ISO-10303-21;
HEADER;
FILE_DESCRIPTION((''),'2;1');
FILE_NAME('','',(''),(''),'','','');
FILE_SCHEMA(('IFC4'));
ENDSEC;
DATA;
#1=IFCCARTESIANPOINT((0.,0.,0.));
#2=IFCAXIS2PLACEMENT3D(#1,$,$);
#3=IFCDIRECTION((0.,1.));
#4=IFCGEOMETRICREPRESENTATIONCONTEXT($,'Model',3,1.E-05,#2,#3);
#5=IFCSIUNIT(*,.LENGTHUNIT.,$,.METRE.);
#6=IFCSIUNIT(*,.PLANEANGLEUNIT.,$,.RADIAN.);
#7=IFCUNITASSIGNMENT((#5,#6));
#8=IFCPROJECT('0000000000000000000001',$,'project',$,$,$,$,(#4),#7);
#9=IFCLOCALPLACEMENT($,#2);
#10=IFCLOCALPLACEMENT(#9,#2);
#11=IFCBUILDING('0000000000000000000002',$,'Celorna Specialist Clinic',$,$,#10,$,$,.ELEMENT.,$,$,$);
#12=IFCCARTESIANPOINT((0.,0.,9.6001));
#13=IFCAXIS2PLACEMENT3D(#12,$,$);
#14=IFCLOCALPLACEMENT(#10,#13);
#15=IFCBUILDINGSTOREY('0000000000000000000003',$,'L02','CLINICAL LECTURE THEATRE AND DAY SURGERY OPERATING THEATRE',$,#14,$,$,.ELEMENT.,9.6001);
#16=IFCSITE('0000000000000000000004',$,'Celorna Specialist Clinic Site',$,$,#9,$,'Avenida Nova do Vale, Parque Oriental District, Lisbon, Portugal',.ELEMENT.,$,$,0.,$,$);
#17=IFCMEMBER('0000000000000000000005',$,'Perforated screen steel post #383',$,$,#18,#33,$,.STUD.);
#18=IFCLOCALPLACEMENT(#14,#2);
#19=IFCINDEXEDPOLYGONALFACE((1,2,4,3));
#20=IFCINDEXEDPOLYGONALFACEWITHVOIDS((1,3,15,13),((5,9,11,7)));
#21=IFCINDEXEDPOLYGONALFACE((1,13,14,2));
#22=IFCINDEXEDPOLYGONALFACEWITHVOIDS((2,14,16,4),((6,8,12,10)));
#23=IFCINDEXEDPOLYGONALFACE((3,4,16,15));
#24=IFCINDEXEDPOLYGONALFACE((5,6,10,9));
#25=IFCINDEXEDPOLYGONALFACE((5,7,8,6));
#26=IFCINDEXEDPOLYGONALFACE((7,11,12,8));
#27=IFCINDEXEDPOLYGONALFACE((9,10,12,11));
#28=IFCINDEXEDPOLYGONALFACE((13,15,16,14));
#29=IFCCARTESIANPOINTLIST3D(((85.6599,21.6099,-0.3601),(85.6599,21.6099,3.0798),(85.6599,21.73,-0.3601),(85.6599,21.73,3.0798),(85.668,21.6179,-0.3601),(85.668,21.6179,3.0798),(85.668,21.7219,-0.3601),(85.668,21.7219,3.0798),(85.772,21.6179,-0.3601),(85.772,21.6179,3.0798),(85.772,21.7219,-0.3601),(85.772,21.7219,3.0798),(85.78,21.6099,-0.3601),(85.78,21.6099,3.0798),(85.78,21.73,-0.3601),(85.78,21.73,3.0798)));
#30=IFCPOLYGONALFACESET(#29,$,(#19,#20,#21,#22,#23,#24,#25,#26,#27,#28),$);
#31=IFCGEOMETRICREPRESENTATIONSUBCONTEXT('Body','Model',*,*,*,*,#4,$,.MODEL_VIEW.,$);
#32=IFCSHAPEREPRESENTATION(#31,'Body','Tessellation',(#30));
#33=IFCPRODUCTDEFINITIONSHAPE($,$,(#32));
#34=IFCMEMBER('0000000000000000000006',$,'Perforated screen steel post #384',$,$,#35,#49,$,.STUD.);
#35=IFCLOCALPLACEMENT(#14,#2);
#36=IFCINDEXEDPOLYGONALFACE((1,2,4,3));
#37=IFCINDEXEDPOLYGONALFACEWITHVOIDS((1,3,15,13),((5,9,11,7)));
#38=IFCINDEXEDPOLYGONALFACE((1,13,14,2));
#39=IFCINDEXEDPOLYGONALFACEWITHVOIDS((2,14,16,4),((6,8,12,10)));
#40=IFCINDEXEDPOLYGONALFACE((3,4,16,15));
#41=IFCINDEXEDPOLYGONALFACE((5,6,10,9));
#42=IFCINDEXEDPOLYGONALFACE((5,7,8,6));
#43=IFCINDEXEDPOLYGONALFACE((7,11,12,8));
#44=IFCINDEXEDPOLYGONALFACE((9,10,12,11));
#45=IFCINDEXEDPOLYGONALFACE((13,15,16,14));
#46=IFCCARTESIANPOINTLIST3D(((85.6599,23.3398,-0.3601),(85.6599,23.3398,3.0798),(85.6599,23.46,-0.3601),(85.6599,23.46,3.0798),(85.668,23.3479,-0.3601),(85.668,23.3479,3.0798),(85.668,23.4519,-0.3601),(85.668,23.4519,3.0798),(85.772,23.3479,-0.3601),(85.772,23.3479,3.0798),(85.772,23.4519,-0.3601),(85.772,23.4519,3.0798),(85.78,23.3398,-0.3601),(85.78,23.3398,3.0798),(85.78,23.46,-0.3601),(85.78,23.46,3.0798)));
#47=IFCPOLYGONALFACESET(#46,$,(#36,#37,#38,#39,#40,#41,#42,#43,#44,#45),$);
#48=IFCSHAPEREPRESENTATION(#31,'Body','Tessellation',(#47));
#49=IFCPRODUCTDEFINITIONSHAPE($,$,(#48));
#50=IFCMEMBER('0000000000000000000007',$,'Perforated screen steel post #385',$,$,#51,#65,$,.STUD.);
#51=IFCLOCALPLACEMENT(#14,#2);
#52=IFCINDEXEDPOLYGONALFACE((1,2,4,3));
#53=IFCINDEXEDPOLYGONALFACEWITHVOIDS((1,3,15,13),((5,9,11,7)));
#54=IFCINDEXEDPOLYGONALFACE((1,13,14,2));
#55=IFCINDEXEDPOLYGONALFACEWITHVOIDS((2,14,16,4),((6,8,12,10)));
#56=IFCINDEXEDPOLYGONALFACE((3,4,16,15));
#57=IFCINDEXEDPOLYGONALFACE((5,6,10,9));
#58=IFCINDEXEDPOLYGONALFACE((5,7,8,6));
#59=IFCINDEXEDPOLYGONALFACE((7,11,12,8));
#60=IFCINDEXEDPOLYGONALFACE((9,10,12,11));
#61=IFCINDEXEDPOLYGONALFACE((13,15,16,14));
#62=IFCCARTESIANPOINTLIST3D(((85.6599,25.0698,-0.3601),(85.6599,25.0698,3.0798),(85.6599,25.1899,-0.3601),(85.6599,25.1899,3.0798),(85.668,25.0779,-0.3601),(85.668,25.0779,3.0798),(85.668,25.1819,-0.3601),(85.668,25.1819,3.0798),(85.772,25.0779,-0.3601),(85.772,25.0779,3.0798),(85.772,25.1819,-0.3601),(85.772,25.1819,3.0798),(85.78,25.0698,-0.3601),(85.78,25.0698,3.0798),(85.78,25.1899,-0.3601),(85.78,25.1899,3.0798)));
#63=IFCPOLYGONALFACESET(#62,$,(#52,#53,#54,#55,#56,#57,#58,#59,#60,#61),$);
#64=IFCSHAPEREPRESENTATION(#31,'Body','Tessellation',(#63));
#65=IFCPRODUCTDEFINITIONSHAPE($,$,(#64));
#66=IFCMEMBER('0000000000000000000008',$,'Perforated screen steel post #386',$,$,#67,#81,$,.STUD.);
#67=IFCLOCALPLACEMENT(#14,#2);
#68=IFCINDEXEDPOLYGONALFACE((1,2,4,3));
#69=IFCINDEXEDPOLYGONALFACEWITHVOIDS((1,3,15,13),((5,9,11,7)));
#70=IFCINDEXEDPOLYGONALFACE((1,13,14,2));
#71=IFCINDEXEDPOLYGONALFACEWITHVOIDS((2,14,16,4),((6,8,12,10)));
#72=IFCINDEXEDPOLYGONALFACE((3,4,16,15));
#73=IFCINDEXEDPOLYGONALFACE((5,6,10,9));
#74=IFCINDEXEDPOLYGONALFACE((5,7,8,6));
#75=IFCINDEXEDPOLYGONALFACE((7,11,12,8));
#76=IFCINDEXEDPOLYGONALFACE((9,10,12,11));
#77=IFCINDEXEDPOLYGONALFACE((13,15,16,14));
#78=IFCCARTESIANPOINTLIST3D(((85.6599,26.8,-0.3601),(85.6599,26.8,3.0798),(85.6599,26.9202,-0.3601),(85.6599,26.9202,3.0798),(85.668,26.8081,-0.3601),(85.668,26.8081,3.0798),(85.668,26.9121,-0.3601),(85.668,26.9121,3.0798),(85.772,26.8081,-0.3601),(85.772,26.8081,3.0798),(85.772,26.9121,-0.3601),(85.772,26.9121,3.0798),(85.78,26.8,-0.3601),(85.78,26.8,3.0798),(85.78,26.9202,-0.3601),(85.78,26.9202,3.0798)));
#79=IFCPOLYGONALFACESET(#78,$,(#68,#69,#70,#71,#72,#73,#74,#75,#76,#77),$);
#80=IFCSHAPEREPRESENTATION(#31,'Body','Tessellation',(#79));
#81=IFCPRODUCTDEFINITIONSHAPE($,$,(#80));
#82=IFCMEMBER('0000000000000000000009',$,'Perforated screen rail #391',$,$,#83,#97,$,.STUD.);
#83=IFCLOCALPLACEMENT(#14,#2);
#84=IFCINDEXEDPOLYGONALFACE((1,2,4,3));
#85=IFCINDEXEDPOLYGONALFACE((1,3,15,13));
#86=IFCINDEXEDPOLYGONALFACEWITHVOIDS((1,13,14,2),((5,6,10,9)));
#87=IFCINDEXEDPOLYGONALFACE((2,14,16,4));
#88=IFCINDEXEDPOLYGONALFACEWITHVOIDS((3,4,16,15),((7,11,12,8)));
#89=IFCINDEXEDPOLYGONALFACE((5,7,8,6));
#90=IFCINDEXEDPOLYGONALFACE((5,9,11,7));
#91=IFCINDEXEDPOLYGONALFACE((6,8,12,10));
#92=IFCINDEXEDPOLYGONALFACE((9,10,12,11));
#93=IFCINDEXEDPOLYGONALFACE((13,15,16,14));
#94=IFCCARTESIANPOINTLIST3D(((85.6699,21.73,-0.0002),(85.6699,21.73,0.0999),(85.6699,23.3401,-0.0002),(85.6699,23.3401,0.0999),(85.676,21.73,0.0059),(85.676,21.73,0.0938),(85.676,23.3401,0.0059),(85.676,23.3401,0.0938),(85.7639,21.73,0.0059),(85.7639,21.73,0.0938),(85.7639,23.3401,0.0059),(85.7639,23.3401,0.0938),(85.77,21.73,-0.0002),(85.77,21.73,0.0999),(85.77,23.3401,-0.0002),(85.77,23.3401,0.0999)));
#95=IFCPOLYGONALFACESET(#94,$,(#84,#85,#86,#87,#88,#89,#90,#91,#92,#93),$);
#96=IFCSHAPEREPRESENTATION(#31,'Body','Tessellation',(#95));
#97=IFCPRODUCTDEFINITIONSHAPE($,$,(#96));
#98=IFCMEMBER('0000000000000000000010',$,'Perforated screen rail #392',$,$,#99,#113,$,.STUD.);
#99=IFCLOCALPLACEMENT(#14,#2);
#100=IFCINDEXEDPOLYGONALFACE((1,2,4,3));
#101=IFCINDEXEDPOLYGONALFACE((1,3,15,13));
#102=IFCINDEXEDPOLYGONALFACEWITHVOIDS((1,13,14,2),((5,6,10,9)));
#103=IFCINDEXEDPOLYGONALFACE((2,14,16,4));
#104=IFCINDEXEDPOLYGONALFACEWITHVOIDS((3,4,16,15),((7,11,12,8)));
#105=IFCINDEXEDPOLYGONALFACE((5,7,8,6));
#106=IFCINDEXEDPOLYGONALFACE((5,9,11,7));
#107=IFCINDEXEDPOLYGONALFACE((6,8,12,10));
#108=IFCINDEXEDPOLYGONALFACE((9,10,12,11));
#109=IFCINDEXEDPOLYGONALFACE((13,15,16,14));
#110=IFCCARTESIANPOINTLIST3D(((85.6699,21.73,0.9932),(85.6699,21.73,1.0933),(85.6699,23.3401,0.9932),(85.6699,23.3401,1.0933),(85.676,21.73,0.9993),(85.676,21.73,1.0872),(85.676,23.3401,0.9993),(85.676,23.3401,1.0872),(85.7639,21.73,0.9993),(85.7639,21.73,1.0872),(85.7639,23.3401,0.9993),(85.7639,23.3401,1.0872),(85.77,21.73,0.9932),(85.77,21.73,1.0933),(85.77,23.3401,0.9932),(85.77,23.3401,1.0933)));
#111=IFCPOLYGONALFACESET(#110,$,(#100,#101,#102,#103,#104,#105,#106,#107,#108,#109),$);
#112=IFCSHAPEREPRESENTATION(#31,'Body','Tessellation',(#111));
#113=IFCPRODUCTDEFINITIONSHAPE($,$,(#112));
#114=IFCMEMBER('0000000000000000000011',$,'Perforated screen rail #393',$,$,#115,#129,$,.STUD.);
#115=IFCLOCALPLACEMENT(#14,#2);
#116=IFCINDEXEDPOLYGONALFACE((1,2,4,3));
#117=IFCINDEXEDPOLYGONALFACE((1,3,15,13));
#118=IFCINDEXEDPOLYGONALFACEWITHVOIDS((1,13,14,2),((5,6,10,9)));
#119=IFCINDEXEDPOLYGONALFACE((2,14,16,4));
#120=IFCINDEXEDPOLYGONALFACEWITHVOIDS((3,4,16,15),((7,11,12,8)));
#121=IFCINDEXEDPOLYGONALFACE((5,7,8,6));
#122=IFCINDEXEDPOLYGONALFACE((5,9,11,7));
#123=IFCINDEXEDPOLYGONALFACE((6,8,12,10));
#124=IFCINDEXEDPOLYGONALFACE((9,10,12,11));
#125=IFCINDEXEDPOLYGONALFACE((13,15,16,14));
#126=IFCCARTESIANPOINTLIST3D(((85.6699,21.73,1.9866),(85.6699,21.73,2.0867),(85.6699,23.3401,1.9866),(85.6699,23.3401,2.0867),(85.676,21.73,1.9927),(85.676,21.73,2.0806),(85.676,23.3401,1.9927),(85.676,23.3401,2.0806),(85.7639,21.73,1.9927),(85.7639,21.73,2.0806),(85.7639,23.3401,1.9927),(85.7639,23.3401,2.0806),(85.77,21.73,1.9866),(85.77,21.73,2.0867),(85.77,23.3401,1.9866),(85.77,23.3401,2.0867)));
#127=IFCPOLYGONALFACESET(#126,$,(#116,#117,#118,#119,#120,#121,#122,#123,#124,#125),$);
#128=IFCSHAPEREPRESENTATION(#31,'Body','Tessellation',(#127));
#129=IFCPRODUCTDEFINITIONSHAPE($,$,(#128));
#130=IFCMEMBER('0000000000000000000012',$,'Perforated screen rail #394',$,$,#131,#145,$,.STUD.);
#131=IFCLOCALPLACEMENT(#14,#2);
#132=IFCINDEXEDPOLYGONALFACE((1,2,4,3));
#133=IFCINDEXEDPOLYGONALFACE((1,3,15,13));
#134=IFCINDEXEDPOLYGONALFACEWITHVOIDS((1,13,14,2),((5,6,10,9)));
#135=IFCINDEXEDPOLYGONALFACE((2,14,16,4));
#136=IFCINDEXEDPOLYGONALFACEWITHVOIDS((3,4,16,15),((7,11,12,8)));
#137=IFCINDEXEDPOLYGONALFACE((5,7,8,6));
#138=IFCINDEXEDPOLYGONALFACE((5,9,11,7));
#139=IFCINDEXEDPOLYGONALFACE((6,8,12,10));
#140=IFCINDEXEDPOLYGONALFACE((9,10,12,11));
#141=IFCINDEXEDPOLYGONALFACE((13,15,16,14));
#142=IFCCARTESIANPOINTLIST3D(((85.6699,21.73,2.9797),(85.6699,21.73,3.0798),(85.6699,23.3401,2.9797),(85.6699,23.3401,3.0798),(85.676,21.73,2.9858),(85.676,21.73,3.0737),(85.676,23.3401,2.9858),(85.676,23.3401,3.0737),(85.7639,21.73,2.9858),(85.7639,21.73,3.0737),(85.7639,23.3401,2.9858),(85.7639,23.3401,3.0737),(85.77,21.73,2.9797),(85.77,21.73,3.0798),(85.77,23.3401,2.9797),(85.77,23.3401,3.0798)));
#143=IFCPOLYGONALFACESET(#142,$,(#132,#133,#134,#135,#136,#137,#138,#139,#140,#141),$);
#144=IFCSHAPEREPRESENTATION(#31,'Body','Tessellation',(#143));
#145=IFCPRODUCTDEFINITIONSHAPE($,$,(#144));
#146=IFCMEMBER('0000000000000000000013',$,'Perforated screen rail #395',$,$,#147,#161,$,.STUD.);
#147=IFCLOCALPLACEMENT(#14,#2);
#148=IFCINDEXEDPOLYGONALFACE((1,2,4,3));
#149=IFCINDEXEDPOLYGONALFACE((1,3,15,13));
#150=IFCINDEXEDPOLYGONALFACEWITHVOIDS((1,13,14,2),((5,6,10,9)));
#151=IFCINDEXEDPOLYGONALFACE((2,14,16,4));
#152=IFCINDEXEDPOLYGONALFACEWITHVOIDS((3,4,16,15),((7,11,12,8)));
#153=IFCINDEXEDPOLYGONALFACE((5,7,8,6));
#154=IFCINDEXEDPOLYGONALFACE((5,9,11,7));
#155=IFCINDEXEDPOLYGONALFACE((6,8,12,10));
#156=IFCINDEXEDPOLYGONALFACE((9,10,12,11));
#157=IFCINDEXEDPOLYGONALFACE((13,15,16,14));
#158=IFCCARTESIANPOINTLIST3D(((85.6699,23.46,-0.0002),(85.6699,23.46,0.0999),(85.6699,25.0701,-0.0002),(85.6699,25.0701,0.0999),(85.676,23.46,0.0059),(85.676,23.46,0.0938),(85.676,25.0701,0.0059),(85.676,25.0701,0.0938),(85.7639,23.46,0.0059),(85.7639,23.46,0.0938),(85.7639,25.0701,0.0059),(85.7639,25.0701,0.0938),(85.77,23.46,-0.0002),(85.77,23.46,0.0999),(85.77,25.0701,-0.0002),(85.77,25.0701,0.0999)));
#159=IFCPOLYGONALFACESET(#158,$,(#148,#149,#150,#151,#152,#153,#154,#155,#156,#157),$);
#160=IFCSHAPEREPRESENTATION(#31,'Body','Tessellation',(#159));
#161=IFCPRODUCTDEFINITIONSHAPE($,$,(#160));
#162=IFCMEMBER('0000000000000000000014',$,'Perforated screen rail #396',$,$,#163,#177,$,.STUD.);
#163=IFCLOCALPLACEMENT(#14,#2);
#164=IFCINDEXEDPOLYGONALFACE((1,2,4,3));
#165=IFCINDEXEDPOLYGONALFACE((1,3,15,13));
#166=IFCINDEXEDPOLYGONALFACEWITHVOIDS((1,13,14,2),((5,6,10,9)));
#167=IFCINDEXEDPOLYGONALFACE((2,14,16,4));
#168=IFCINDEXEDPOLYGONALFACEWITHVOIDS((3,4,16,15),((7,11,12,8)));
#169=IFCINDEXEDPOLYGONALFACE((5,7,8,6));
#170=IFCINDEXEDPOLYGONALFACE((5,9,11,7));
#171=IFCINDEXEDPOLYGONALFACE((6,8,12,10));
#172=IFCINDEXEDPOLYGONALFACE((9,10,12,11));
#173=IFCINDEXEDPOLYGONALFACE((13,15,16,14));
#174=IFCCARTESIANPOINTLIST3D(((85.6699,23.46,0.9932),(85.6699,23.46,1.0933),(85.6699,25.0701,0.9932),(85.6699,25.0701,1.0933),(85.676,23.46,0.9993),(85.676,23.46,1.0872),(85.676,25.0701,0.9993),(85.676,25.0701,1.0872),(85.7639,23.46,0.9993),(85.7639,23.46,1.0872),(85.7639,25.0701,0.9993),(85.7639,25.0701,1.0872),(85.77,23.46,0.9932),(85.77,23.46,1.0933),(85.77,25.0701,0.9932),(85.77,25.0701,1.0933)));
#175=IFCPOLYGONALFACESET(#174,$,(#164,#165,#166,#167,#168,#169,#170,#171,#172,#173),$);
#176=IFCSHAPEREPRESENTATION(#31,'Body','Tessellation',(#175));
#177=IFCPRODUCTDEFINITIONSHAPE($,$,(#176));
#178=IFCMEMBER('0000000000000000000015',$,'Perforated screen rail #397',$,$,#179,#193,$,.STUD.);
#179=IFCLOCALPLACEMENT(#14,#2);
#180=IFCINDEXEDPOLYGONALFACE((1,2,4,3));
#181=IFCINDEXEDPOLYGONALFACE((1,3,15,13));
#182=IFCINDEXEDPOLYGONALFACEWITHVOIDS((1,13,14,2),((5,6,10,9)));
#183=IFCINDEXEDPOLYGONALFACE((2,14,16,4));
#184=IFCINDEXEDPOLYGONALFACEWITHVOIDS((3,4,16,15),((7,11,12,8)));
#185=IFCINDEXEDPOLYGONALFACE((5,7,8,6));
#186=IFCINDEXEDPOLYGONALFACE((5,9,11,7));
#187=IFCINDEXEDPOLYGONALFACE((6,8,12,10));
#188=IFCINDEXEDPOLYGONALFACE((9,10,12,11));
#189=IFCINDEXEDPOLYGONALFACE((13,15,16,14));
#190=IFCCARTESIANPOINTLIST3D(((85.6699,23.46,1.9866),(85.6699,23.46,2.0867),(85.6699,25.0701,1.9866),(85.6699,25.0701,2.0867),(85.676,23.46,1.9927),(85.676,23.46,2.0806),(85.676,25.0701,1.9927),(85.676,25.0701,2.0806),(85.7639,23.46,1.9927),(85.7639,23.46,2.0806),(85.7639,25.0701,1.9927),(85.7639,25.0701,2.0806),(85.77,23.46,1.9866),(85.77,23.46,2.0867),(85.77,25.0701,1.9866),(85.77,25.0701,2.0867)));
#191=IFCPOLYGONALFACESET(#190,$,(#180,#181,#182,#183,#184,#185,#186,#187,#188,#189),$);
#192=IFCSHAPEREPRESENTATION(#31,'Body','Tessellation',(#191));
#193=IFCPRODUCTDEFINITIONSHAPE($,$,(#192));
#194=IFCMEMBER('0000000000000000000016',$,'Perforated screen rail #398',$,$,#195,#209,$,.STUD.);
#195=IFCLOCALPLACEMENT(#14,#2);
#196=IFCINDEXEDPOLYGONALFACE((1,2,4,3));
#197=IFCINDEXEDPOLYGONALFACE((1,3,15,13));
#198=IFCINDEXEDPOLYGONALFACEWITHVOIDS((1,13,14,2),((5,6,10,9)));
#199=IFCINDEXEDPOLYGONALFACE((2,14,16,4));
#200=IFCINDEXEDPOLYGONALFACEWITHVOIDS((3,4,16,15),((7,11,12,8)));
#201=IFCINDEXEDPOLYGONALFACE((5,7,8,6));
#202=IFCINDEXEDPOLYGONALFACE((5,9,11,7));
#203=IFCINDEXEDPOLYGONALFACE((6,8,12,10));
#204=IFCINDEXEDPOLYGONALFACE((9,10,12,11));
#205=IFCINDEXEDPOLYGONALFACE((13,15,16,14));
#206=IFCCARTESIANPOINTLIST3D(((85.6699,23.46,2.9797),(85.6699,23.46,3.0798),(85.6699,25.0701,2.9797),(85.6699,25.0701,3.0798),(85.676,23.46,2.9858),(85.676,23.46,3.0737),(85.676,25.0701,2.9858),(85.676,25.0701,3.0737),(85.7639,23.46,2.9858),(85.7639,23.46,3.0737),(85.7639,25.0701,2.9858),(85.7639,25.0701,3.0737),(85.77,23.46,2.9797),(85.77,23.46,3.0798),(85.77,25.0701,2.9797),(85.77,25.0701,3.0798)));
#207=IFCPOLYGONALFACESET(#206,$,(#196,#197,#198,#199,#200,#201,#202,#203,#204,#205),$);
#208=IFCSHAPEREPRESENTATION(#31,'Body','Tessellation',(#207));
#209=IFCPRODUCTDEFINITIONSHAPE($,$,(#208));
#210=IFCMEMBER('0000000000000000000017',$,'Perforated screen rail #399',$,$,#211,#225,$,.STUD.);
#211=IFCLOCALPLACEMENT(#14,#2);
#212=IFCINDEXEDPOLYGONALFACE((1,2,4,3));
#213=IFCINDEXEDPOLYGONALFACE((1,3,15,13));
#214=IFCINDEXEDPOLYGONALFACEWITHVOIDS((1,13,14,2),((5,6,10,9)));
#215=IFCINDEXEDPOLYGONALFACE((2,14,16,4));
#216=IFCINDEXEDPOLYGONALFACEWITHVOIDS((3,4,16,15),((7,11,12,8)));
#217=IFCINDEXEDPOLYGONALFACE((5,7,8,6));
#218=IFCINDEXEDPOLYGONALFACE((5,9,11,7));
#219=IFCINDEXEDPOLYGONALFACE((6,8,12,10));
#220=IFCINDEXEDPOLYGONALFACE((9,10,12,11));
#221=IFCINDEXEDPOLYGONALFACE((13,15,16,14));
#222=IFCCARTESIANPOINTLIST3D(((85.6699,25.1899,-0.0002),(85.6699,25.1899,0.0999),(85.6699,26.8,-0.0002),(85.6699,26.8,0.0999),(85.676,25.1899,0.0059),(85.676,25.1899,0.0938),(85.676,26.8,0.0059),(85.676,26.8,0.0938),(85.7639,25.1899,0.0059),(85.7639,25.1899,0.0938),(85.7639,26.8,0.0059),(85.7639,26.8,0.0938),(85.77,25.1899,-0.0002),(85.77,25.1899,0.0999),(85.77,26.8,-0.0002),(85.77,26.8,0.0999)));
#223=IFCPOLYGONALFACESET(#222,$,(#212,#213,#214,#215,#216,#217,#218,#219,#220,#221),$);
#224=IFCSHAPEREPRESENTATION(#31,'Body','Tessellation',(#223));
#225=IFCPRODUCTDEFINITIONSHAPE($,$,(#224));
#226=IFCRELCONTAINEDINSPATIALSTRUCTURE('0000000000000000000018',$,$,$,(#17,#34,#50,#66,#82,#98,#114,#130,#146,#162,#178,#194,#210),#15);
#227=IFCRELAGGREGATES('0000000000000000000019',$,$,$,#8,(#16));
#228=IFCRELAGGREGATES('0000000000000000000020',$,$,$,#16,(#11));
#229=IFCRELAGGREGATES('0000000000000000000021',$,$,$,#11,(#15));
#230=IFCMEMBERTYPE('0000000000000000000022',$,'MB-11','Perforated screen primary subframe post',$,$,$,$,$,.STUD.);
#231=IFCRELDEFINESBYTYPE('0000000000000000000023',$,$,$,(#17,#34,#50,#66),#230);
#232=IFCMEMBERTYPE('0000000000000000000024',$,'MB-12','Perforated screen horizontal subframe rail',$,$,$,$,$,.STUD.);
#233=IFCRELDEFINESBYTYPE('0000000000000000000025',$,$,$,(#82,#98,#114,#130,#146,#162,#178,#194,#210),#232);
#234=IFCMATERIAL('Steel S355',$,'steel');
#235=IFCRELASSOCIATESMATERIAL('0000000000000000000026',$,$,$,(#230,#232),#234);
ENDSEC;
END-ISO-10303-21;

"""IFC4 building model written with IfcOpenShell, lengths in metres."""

from ifc_helpers import new_model, si_unit, direction, frame, origin, origin_2d, place, context, subcontext, project, spatial, hollow_rectangle, extrude, material, material_profile, profile_set, type_object, element, save


model = new_model("IFC4")

# Units and contexts
model_context = context("Model", 3, precision=1e-05, world=origin(), true_north=direction((0.0, 1.0)))
body_context = subcontext(model_context, "Body", "Model", "MODEL_VIEW")
ifc_project = project(units=[si_unit("LENGTHUNIT", "METRE"), si_unit("PLANEANGLEUNIT", "RADIAN")], contexts=[model_context])

# Site, building, storey
site_placement = place(None, origin())
site = spatial("IfcSite", under=ifc_project, at=site_placement, Name="Celorna Specialist Clinic Site", LongName="Avenida Nova do Vale, Parque Oriental District, Lisbon, Portugal", CompositionType="ELEMENT", RefElevation=0.0)
building_placement = place(site_placement, origin())
building = spatial("IfcBuilding", under=site, at=building_placement, Name="Celorna Specialist Clinic", CompositionType="ELEMENT")
storey_placement = place(building_placement, frame((0.0, 0.0, 9.6001)))
storey = spatial("IfcBuildingStorey", under=building, at=storey_placement, Name="L02", Description="CLINICAL LECTURE THEATRE AND DAY SURGERY OPERATING THEATRE", CompositionType="ELEMENT", Elevation=9.6001)

# Members
ifc_material_1 = material(Name="Steel S355", Category="steel")
ifc_material_profile_1 = material_profile(ifc_material_1, hollow_rectangle(XDim=0.1201, YDim=0.1201, WallThickness=0.0081, at=origin_2d()), Name="SHS 120x120x8")
ifc_profile_set_1 = profile_set([ifc_material_profile_1], Name="Steel S355")
member_type_1 = type_object("IfcMemberType", Name="MB-11", Description="Perforated screen primary subframe post", PredefinedType="STUD", material=ifc_profile_set_1)
for number, where, z_axis, x_axis, name in (
    (1, (85.72, 21.6699, -0.3601), (0.0, 0.0, 1.0), (1.0, 0.0, 0.0), "Perforated screen steel post #383"),
    (2, (85.72, 23.3999, -0.3601), (0.0, 0.0, 1.0), (1.0, 0.0, 0.0), "Perforated screen steel post #384"),
    (3, (85.72, 25.1299, -0.3601), (0.0, 0.0, 1.0), (1.0, 0.0, 0.0), "Perforated screen steel post #385"),
    (4, (85.72, 26.8601, -0.3601), (0.0, 0.0, 1.0), (1.0, 0.0, 0.0), "Perforated screen steel post #386"),
):
    element("IfcMember", number, at=place(storey_placement, frame(where, z_axis=z_axis, x_axis=x_axis)), inside=storey, type_object=member_type_1, Name=name, PredefinedType="STUD", context=body_context, shape_type="SweptSolid", body=[
        extrude(hollow_rectangle(XDim=0.1201, YDim=0.1201, WallThickness=0.0081, at=origin_2d()), origin(), (0.0, 0.0, 1.0), 3.4399),
    ])
ifc_material_profile_2 = material_profile(ifc_material_1, hollow_rectangle(XDim=0.1001, YDim=0.1001, WallThickness=0.0061, at=origin_2d()), Name="SHS 100x100x6")
ifc_profile_set_2 = profile_set([ifc_material_profile_2], Name="Steel S355")
member_type_2 = type_object("IfcMemberType", Name="MB-12", Description="Perforated screen horizontal subframe rail", PredefinedType="STUD", material=ifc_profile_set_2)
for number, where, z_axis, x_axis, name in (
    (5, (85.72, 21.73, 0.0498), (0.0, 1.0, 0.0), (-1.0, 0.0, 0.0), "Perforated screen rail #391"),
    (6, (85.72, 21.73, 1.0432), (0.0, 1.0, 0.0), (-1.0, 0.0, 0.0), "Perforated screen rail #392"),
    (7, (85.72, 21.73, 2.0366), (0.0, 1.0, 0.0), (-1.0, 0.0, 0.0), "Perforated screen rail #393"),
    (8, (85.72, 21.73, 3.0298), (0.0, 1.0, 0.0), (-1.0, 0.0, 0.0), "Perforated screen rail #394"),
    (9, (85.72, 23.46, 0.0498), (0.0, 1.0, 0.0), (-1.0, 0.0, 0.0), "Perforated screen rail #395"),
    (10, (85.72, 23.46, 1.0432), (0.0, 1.0, 0.0), (-1.0, 0.0, 0.0), "Perforated screen rail #396"),
    (11, (85.72, 23.46, 2.0366), (0.0, 1.0, 0.0), (-1.0, 0.0, 0.0), "Perforated screen rail #397"),
    (12, (85.72, 23.46, 3.0298), (0.0, 1.0, 0.0), (-1.0, 0.0, 0.0), "Perforated screen rail #398"),
    (13, (85.72, 25.1899, 0.0498), (0.0, 1.0, 0.0), (-1.0, 0.0, 0.0), "Perforated screen rail #399"),
):
    element("IfcMember", number, at=place(storey_placement, frame(where, z_axis=z_axis, x_axis=x_axis)), inside=storey, type_object=member_type_2, Name=name, PredefinedType="STUD", context=body_context, shape_type="SweptSolid", body=[
        extrude(hollow_rectangle(XDim=0.1001, YDim=0.1001, WallThickness=0.0061, at=origin_2d()), origin(), (0.0, 0.0, 1.0), 1.6101),
    ])

save(model, "model.ifc")
